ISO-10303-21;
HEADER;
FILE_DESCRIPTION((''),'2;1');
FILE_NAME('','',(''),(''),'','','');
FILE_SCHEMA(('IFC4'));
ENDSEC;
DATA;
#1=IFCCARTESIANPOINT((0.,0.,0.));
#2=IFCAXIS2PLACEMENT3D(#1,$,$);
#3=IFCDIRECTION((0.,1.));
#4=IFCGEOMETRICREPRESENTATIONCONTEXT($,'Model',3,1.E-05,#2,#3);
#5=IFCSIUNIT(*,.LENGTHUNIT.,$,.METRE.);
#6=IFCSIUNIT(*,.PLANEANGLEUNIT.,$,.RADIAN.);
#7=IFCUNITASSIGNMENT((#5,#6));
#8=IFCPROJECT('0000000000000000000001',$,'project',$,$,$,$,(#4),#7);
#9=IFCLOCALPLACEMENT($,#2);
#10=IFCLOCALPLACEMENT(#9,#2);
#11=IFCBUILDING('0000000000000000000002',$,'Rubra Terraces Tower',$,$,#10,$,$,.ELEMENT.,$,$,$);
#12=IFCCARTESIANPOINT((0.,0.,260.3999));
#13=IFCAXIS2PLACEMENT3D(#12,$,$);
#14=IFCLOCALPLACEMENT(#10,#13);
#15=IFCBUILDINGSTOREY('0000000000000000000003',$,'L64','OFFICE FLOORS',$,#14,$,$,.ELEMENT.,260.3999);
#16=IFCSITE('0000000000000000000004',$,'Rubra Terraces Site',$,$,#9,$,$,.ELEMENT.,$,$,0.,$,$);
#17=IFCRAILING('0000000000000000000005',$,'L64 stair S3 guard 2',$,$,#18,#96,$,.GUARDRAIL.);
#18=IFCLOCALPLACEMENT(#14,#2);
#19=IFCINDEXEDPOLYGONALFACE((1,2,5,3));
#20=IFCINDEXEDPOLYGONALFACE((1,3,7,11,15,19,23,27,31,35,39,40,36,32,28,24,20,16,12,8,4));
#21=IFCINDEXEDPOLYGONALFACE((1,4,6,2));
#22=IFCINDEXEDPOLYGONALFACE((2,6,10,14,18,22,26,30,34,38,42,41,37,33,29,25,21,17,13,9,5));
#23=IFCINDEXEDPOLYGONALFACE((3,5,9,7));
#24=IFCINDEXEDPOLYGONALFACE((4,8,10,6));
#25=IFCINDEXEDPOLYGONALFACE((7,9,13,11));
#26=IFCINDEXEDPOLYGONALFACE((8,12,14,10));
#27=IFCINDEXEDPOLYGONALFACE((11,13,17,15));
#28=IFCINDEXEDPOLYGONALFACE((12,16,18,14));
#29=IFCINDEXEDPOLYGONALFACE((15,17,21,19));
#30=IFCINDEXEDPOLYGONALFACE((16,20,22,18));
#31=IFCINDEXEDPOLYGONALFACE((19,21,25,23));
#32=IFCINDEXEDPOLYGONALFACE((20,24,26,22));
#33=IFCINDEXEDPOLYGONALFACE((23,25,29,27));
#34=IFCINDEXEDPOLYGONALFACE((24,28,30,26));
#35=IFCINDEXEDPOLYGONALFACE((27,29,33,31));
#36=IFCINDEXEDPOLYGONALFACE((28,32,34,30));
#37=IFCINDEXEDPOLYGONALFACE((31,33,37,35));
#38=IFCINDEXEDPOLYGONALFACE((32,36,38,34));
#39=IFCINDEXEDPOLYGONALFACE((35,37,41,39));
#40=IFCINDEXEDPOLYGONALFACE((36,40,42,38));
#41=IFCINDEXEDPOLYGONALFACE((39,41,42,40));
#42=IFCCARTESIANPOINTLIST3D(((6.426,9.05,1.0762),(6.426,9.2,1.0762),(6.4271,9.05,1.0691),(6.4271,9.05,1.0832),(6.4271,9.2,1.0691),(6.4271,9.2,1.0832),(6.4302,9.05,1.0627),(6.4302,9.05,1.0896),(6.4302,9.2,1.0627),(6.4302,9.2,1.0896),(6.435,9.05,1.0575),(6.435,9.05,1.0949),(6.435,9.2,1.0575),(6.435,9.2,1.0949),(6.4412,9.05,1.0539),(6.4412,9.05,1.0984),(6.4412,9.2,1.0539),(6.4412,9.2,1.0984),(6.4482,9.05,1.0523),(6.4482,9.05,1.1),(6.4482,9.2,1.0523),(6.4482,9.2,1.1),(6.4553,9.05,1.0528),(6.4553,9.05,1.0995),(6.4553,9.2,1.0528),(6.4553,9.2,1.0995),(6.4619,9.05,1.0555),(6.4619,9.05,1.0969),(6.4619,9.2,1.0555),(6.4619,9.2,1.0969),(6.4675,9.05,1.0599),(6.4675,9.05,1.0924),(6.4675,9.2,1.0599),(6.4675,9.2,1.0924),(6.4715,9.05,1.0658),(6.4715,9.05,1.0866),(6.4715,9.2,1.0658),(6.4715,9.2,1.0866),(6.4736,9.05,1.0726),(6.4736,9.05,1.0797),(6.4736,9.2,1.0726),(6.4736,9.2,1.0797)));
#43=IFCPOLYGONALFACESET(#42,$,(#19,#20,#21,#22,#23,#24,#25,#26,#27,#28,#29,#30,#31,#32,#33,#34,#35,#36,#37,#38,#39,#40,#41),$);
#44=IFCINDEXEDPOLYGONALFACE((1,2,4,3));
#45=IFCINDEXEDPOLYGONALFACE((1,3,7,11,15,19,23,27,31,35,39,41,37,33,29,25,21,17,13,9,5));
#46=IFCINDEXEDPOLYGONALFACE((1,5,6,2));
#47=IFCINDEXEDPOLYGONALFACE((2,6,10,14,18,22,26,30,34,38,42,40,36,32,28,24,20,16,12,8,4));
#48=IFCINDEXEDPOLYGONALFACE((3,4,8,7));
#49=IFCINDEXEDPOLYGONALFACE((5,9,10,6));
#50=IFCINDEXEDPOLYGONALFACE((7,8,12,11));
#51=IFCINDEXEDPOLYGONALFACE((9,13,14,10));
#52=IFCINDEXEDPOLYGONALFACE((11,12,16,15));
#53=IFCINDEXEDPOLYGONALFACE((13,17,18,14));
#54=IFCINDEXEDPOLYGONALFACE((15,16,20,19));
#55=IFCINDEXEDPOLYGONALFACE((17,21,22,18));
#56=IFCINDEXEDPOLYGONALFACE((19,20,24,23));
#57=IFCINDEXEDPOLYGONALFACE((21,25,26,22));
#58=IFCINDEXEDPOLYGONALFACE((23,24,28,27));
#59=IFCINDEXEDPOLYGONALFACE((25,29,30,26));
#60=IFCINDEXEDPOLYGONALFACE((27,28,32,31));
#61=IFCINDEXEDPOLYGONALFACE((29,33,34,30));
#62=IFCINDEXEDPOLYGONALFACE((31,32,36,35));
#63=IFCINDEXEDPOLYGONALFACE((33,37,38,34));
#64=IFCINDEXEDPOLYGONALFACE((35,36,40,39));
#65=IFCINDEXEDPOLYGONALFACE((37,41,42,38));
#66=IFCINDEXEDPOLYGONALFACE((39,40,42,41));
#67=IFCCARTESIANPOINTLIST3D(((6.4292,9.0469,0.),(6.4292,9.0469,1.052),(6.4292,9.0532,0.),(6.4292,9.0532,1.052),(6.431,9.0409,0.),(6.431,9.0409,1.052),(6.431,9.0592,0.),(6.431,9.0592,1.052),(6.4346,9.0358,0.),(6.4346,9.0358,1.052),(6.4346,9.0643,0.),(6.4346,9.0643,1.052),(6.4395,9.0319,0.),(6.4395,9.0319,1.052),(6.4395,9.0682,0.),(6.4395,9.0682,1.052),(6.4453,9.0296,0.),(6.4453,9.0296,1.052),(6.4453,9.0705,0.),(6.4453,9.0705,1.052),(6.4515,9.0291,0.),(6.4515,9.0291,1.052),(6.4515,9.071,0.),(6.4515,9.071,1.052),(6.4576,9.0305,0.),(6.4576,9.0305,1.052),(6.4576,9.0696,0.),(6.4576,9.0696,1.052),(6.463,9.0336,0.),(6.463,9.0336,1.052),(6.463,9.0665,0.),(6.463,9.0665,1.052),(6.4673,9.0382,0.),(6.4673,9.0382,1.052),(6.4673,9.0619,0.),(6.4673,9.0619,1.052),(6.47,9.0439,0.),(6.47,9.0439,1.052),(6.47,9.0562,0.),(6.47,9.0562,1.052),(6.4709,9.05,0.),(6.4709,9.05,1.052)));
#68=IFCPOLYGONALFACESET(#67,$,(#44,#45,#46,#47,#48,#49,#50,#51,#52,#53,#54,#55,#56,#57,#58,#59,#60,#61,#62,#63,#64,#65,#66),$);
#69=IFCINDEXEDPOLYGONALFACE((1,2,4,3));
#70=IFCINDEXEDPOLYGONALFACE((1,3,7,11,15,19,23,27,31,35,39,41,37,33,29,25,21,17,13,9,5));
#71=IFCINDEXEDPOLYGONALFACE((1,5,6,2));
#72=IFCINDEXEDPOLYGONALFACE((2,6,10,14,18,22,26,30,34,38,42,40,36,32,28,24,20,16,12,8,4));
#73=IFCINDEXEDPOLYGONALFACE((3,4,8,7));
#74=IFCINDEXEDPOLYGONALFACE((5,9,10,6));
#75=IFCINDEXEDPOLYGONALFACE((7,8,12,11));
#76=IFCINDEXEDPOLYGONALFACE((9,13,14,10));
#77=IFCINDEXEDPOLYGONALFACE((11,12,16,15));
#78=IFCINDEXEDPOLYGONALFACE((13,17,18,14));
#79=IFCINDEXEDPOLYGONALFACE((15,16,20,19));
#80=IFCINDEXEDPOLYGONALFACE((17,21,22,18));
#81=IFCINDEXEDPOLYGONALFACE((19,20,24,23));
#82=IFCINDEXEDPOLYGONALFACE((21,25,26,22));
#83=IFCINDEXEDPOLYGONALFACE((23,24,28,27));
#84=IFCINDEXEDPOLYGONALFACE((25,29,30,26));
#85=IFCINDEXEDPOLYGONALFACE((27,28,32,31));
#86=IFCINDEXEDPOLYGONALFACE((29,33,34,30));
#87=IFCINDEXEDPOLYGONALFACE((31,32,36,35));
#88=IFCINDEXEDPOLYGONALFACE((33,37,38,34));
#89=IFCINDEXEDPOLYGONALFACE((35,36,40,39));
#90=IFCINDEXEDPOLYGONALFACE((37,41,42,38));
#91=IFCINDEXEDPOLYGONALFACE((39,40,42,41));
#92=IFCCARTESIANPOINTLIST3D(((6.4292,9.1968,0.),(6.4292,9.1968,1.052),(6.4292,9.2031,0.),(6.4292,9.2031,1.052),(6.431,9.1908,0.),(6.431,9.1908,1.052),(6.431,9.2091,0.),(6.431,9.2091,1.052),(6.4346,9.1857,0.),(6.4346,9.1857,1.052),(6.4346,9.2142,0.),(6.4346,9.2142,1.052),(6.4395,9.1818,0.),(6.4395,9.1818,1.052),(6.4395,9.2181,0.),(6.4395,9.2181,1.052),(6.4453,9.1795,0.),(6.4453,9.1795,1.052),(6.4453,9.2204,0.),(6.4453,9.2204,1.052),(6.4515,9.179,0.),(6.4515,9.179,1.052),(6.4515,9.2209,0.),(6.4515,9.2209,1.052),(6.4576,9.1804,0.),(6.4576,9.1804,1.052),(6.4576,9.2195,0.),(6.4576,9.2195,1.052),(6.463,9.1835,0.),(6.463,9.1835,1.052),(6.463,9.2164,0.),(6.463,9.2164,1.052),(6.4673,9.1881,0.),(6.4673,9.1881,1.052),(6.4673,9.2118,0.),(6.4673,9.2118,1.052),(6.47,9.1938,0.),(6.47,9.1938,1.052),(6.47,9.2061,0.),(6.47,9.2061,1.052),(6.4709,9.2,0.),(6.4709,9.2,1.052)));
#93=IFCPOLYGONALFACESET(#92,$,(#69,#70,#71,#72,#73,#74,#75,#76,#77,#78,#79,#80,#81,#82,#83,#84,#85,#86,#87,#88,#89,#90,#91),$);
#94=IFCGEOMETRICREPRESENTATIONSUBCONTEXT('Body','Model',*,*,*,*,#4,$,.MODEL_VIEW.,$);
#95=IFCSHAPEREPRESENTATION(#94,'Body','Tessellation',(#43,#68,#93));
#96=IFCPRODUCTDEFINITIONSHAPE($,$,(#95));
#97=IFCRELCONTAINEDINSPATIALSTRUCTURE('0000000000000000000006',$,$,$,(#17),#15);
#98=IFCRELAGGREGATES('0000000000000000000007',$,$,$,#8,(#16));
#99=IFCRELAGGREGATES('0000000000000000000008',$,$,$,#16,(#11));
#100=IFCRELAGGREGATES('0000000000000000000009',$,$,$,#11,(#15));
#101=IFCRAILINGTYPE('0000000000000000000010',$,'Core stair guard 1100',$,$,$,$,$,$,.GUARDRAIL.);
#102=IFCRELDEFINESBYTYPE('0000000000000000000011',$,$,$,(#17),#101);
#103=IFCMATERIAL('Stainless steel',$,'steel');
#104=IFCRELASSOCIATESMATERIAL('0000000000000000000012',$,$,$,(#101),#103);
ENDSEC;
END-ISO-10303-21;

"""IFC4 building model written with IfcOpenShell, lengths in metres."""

from ifc_helpers import new_model, si_unit, direction, frame, origin, origin_2d, place, context, subcontext, project, spatial, circle, extrude, material, type_object, element, save


model = new_model("IFC4")

# Units and contexts
model_context = context("Model", 3, precision=1e-05, world=origin(), true_north=direction((0.0, 1.0)))
body_context = subcontext(model_context, "Body", "Model", "MODEL_VIEW")
ifc_project = project(units=[si_unit("LENGTHUNIT", "METRE"), si_unit("PLANEANGLEUNIT", "RADIAN")], contexts=[model_context])

# Site, building, storey
site_placement = place(None, origin())
site = spatial("IfcSite", under=ifc_project, at=site_placement, Name="Rubra Terraces Site", CompositionType="ELEMENT", RefElevation=0.0)
building_placement = place(site_placement, origin())
building = spatial("IfcBuilding", under=site, at=building_placement, Name="Rubra Terraces Tower", CompositionType="ELEMENT")
storey_placement = place(building_placement, frame((0.0, 0.0, 260.3999)))
storey = spatial("IfcBuildingStorey", under=building, at=storey_placement, Name="L64", Description="OFFICE FLOORS", CompositionType="ELEMENT", Elevation=260.3999)

# Shared definitions
ifc_material_1 = material(Name="Stainless steel", Category="steel")

# Railing
railing_type_1 = type_object("IfcRailingType", Name="Core stair guard 1100", PredefinedType="GUARDRAIL", material=ifc_material_1)
railing_1_placement = place(storey_placement, frame((6.45, 9.05, 0.0)))
element("IfcRailing", 1, at=railing_1_placement, inside=storey, type_object=railing_type_1, Name="L64 stair S3 guard 2", PredefinedType="GUARDRAIL", context=body_context, shape_type="SweptSolid", body=[
    extrude(circle(Radius=0.0239, at=origin_2d()), frame((0.0, 0.0, 1.0762), z_axis=(0.0, 1.0, 0.0), x_axis=(-1.0, 0.0, 0.0)), (0.0, 0.0, 1.0), 0.1499),
    extrude(circle(Radius=0.021, at=origin_2d()), origin(), (0.0, 0.0, 1.0), 1.052),
    extrude(circle(Radius=0.021, at=origin_2d()), frame((0.0, 0.1499, 0.0)), (0.0, 0.0, 1.0), 1.052),
])

save(model, "model.ifc")
